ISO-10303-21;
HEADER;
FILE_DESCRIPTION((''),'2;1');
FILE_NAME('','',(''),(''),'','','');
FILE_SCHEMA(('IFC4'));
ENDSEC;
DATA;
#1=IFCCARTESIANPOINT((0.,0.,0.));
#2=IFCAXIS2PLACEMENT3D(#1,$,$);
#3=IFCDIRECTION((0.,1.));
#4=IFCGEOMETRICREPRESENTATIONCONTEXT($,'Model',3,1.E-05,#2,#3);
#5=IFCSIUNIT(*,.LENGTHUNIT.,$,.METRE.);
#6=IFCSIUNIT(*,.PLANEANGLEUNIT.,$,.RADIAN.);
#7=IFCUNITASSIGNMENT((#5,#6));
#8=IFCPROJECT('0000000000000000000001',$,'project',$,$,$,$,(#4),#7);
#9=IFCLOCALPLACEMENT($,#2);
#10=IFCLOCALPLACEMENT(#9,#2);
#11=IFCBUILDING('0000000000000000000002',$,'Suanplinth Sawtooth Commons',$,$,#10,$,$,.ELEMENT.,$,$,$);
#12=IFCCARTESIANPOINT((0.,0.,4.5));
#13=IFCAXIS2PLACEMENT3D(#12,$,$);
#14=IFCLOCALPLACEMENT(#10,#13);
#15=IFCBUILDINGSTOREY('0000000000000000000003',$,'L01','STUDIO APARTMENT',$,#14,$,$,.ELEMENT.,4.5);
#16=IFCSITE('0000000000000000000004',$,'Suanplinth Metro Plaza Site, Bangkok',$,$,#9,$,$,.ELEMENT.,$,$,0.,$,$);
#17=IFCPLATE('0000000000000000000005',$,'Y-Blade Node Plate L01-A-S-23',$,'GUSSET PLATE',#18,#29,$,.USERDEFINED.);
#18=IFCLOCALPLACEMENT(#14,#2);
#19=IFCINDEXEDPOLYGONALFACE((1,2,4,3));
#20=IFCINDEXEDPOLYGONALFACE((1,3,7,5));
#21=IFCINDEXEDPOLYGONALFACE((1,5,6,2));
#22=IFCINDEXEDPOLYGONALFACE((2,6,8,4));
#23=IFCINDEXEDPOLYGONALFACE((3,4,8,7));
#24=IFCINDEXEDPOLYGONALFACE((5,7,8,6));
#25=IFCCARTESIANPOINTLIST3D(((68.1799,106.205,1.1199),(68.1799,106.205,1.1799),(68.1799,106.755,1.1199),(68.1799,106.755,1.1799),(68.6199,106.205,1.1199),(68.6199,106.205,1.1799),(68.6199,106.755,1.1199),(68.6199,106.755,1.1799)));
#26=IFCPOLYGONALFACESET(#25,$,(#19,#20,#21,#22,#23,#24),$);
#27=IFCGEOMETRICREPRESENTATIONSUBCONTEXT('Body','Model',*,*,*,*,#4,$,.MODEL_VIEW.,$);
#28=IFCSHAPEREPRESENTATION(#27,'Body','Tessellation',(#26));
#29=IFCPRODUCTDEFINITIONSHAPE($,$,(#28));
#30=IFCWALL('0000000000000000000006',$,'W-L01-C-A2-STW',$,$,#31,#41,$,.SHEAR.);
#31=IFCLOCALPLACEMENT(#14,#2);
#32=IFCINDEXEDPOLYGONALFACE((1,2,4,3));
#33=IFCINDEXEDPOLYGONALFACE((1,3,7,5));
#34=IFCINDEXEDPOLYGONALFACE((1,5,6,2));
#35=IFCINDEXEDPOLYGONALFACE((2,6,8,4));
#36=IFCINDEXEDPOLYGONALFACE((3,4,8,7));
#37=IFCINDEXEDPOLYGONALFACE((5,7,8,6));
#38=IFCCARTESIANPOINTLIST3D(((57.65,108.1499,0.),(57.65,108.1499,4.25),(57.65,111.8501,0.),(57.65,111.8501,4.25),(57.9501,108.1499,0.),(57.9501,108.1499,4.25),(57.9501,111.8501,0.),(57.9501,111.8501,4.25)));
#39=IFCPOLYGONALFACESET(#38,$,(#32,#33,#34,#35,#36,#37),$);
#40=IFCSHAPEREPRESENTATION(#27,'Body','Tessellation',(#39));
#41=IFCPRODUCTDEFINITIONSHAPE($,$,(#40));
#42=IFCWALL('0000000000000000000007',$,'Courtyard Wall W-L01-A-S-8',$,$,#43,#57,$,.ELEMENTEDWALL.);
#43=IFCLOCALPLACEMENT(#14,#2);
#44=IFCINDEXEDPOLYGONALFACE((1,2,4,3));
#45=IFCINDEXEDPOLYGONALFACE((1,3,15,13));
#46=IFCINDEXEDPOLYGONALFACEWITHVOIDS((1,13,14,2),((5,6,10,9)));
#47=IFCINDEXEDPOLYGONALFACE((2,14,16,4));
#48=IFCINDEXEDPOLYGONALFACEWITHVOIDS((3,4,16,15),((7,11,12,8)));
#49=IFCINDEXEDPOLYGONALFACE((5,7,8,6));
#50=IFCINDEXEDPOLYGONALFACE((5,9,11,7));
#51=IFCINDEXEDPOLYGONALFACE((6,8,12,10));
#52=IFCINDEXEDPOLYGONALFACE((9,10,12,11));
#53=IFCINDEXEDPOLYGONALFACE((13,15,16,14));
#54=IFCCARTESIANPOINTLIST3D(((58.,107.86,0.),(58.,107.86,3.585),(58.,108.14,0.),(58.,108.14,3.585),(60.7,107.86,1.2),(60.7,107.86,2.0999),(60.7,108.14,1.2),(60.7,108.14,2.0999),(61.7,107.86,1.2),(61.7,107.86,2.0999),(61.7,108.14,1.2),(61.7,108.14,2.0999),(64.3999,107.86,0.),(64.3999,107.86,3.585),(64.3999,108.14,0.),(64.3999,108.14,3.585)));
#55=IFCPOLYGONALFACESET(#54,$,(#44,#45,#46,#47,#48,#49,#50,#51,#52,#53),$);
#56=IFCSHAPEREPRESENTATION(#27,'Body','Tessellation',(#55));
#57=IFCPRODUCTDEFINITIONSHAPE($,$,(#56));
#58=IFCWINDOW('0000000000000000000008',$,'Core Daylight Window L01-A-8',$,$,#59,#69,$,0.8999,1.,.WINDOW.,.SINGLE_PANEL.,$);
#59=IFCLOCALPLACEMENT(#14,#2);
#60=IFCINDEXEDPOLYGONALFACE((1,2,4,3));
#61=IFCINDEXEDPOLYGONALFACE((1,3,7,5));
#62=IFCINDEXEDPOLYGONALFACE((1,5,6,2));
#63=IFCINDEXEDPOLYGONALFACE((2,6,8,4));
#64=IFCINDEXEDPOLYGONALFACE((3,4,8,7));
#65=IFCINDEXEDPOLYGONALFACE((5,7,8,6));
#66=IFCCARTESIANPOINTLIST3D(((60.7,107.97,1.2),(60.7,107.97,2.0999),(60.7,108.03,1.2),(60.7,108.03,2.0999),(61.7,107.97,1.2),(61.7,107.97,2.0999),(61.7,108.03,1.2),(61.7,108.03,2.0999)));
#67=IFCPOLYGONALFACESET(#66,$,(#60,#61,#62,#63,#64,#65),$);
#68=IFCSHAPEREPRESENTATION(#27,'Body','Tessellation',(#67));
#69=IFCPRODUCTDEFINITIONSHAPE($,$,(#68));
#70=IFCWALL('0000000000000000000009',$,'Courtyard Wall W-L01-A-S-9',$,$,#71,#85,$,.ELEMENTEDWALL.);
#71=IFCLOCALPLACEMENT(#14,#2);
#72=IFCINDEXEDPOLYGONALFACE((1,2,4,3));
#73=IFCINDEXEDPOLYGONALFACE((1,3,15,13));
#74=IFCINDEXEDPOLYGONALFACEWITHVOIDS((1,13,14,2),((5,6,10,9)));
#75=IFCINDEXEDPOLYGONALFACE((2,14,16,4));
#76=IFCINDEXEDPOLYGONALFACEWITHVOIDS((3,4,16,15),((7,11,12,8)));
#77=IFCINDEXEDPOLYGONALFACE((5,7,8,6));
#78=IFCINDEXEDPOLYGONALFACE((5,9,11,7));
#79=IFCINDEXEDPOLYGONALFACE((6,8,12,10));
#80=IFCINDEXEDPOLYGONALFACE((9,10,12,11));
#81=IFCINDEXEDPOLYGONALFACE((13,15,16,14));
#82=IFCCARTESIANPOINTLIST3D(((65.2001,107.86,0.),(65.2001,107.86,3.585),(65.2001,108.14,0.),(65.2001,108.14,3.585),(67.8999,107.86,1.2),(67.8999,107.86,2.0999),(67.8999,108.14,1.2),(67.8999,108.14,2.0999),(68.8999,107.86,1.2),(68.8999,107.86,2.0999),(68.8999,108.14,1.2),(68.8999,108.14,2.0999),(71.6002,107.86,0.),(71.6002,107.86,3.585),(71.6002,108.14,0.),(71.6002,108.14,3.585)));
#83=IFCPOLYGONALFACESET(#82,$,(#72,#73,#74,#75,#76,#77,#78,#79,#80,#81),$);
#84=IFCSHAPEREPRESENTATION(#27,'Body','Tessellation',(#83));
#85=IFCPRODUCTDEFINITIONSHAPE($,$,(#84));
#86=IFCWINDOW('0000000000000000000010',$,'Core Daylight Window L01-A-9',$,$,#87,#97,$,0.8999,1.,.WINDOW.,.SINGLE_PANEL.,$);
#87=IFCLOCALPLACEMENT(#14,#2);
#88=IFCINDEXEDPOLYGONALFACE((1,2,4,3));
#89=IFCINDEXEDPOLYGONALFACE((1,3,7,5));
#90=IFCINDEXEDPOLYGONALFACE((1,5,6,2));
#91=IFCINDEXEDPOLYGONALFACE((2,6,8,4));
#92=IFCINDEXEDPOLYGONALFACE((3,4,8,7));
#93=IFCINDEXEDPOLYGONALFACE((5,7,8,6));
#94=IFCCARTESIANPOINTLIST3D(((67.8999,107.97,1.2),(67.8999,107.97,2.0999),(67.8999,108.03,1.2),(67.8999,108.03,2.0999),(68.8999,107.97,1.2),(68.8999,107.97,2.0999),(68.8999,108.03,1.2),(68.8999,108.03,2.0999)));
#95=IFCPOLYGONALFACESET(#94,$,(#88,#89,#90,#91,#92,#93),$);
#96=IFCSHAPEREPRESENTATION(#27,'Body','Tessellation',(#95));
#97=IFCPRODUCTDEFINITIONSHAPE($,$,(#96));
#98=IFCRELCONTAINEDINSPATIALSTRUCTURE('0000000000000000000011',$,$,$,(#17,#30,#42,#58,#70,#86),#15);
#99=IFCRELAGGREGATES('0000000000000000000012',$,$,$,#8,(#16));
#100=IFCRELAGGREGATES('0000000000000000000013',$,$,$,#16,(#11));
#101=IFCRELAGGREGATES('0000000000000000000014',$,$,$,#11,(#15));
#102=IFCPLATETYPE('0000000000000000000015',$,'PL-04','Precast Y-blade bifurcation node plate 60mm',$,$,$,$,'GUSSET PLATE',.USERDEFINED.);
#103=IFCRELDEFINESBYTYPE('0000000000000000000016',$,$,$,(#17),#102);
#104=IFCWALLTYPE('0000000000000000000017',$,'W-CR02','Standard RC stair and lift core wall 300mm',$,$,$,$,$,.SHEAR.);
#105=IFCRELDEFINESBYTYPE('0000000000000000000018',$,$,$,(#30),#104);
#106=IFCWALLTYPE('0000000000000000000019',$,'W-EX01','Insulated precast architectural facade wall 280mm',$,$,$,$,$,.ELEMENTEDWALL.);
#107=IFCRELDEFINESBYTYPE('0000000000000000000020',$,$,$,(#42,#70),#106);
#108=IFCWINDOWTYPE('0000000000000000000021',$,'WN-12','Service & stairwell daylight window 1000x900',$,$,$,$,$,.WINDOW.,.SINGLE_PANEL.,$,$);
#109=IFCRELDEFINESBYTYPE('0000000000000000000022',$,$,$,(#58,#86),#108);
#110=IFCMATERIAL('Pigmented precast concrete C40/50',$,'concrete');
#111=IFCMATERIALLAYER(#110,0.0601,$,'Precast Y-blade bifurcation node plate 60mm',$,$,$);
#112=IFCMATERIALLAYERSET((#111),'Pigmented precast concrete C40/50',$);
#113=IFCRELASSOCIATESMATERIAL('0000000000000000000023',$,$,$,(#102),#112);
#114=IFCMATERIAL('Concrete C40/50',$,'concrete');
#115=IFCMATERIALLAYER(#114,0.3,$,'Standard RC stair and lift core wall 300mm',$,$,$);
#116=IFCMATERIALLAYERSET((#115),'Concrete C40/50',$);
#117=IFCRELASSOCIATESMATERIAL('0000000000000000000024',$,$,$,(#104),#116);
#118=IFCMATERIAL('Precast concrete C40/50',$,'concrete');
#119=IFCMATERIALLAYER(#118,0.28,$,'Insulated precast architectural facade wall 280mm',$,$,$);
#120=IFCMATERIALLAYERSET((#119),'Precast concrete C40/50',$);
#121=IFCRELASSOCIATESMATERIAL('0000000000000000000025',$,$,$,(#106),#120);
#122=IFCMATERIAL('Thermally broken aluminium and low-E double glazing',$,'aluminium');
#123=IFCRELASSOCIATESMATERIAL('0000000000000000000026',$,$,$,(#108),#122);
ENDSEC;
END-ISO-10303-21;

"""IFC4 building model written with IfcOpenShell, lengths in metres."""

from ifc_helpers import new_model, si_unit, direction, frame, frame_2d, origin, origin_2d, place, context, subcontext, project, spatial, rectangle, extrude, material, layer, layer_set, type_object, element, fill, save


model = new_model("IFC4")

# Units and contexts
model_context = context("Model", 3, precision=1e-05, world=origin(), true_north=direction((0.0, 1.0)))
body_context = subcontext(model_context, "Body", "Model", "MODEL_VIEW")
ifc_project = project(units=[si_unit("LENGTHUNIT", "METRE"), si_unit("PLANEANGLEUNIT", "RADIAN")], contexts=[model_context])

# Site, building, storey
site_placement = place(None, origin())
site = spatial("IfcSite", under=ifc_project, at=site_placement, Name="Suanplinth Metro Plaza Site, Bangkok", CompositionType="ELEMENT", RefElevation=0.0)
building_placement = place(site_placement, origin())
building = spatial("IfcBuilding", under=site, at=building_placement, Name="Suanplinth Sawtooth Commons", CompositionType="ELEMENT")
storey_placement = place(building_placement, frame((0.0, 0.0, 4.5)))
storey = spatial("IfcBuildingStorey", under=building, at=storey_placement, Name="L01", Description="STUDIO APARTMENT", CompositionType="ELEMENT", Elevation=4.5)

# Shared definitions
ifc_material_1 = material(Name="Concrete C40/50", Category="concrete")

# Shared definitions
ifc_material_2 = material(Name="Precast concrete C40/50", Category="concrete")

# Shared definitions
ifc_material_3 = material(Name="Pigmented precast concrete C40/50", Category="concrete")

# Plate
ifc_layer_1 = layer(ifc_material_3, 0.0601, Name="Precast Y-blade bifurcation node plate 60mm")
ifc_layer_set_1 = layer_set([ifc_layer_1], Name="Pigmented precast concrete C40/50")
plate_type = type_object("IfcPlateType", Name="PL-04", Description="Precast Y-blade bifurcation node plate 60mm", ElementType="GUSSET PLATE", PredefinedType="USERDEFINED", material=ifc_layer_set_1)
for number, where, z_axis, x_axis, name in (
    (1, (68.3999, 106.48, 1.1199), (0.0, 0.0, 1.0), (1.0, 0.0, 0.0), "Y-Blade Node Plate L01-A-S-23"),
):
    element("IfcPlate", number, at=place(storey_placement, frame(where, z_axis=z_axis, x_axis=x_axis)), inside=storey, type_object=plate_type, Name=name, ObjectType="GUSSET PLATE", PredefinedType="USERDEFINED", context=body_context, shape_type="SweptSolid", body=[
        extrude(rectangle(XDim=0.4399, YDim=0.55, at=origin_2d()), origin(), (0.0, 0.0, 1.0), 0.0601),
    ])

# Wall
ifc_layer_2 = layer(ifc_material_1, 0.3, Name="Standard RC stair and lift core wall 300mm")
ifc_layer_set_2 = layer_set([ifc_layer_2], Name="Concrete C40/50")
wall_type_1 = type_object("IfcWallType", Name="W-CR02", Description="Standard RC stair and lift core wall 300mm", PredefinedType="SHEAR", material=ifc_layer_set_2)
wall_1_placement = place(storey_placement, frame((57.8, 108.1499, 0.0), z_axis=(0.0, 0.0, 1.0), x_axis=(0.0, 1.0, 0.0)))
element("IfcWall", 2, at=wall_1_placement, inside=storey, type_object=wall_type_1, Name="W-L01-C-A2-STW", PredefinedType="SHEAR", context=body_context, shape_type="SweptSolid", body=[
    extrude(rectangle(XDim=3.7002, YDim=0.3, at=frame_2d((1.8501, 0.0))), origin(), (0.0, 0.0, 1.0), 4.25),
])

# Walls, openings, windows
ifc_layer_3 = layer(ifc_material_2, 0.28, Name="Insulated precast architectural facade wall 280mm")
ifc_layer_set_3 = layer_set([ifc_layer_3], Name="Precast concrete C40/50")
wall_type_2 = type_object("IfcWallType", Name="W-EX01", Description="Insulated precast architectural facade wall 280mm", PredefinedType="ELEMENTEDWALL", material=ifc_layer_set_3)
wall_2_placement = place(storey_placement, frame((58.0, 108.0, 0.0), z_axis=(0.0, 0.0, 1.0), x_axis=(1.0, 0.0, 0.0)))
wall_2 = element("IfcWall", 3, at=wall_2_placement, inside=storey, type_object=wall_type_2, Name="Courtyard Wall W-L01-A-S-8", PredefinedType="ELEMENTEDWALL", context=body_context, shape_type="SweptSolid", body=[
    extrude(rectangle(XDim=6.3999, YDim=0.28, at=frame_2d((3.2, 0.0))), origin(), (0.0, 0.0, 1.0), 3.585),
])
opening_1_placement = place(wall_2_placement, frame((2.7, 0.0, 1.2)))
opening_1 = element("IfcOpeningElement", 4, at=opening_1_placement, cuts=wall_2, PredefinedType="OPENING", context=body_context, shape_type="SweptSolid", body=[
    extrude(rectangle(XDim=1.0, YDim=0.8999, at=frame_2d((0.5, 0.45))), frame((0.0, 0.1548, 0.0), z_axis=(0.0, -1.0, 0.0), x_axis=(1.0, 0.0, 0.0)), (0.0, 0.0, 1.0), 0.3098),
])
ifc_material_4 = material(Name="Thermally broken aluminium and low-E double glazing", Category="aluminium")
window_type = type_object("IfcWindowType", Name="WN-12", Description="Service & stairwell daylight window 1000x900", PartitioningType="SINGLE_PANEL", PredefinedType="WINDOW", material=ifc_material_4)
window_1_placement = place(opening_1_placement, origin())
window_1 = element("IfcWindow", 5, at=window_1_placement, inside=storey, type_object=window_type, Name="Core Daylight Window L01-A-8", OverallHeight=0.8999, OverallWidth=1.0, PartitioningType="SINGLE_PANEL", PredefinedType="WINDOW", context=body_context, shape_type="SweptSolid", body=[
    extrude(rectangle(XDim=1.0, YDim=0.8999, at=frame_2d((0.5, 0.45))), frame((0.0, 0.03, 0.0), z_axis=(0.0, -1.0, 0.0), x_axis=(1.0, 0.0, 0.0)), (0.0, 0.0, 1.0), 0.0601),
])
fill(opening_1, window_1)
wall_3_placement = place(storey_placement, frame((65.2, 108.0, 0.0), z_axis=(0.0, 0.0, 1.0), x_axis=(1.0, 0.0, 0.0)))
wall_3 = element("IfcWall", 6, at=wall_3_placement, inside=storey, type_object=wall_type_2, Name="Courtyard Wall W-L01-A-S-9", PredefinedType="ELEMENTEDWALL", context=body_context, shape_type="SweptSolid", body=[
    extrude(rectangle(XDim=6.4001, YDim=0.28, at=frame_2d((3.2002, 0.0))), origin(), (0.0, 0.0, 1.0), 3.585),
])
opening_2_placement = place(wall_3_placement, frame((2.7, 0.0, 1.2)))
opening_2 = element("IfcOpeningElement", 7, at=opening_2_placement, cuts=wall_3, PredefinedType="OPENING", context=body_context, shape_type="SweptSolid", body=[
    extrude(rectangle(XDim=1.0, YDim=0.8999, at=frame_2d((0.5, 0.45))), frame((0.0, 0.1548, 0.0), z_axis=(0.0, -1.0, 0.0), x_axis=(1.0, 0.0, 0.0)), (0.0, 0.0, 1.0), 0.3098),
])
window_2_placement = place(opening_2_placement, origin())
window_2 = element("IfcWindow", 8, at=window_2_placement, inside=storey, type_object=window_type, Name="Core Daylight Window L01-A-9", OverallHeight=0.8999, OverallWidth=1.0, PartitioningType="SINGLE_PANEL", PredefinedType="WINDOW", context=body_context, shape_type="SweptSolid", body=[
    extrude(rectangle(XDim=1.0, YDim=0.8999, at=frame_2d((0.5, 0.45))), frame((0.0, 0.03, 0.0), z_axis=(0.0, -1.0, 0.0), x_axis=(1.0, 0.0, 0.0)), (0.0, 0.0, 1.0), 0.0601),
])
fill(opening_2, window_2)

save(model, "model.ifc")
